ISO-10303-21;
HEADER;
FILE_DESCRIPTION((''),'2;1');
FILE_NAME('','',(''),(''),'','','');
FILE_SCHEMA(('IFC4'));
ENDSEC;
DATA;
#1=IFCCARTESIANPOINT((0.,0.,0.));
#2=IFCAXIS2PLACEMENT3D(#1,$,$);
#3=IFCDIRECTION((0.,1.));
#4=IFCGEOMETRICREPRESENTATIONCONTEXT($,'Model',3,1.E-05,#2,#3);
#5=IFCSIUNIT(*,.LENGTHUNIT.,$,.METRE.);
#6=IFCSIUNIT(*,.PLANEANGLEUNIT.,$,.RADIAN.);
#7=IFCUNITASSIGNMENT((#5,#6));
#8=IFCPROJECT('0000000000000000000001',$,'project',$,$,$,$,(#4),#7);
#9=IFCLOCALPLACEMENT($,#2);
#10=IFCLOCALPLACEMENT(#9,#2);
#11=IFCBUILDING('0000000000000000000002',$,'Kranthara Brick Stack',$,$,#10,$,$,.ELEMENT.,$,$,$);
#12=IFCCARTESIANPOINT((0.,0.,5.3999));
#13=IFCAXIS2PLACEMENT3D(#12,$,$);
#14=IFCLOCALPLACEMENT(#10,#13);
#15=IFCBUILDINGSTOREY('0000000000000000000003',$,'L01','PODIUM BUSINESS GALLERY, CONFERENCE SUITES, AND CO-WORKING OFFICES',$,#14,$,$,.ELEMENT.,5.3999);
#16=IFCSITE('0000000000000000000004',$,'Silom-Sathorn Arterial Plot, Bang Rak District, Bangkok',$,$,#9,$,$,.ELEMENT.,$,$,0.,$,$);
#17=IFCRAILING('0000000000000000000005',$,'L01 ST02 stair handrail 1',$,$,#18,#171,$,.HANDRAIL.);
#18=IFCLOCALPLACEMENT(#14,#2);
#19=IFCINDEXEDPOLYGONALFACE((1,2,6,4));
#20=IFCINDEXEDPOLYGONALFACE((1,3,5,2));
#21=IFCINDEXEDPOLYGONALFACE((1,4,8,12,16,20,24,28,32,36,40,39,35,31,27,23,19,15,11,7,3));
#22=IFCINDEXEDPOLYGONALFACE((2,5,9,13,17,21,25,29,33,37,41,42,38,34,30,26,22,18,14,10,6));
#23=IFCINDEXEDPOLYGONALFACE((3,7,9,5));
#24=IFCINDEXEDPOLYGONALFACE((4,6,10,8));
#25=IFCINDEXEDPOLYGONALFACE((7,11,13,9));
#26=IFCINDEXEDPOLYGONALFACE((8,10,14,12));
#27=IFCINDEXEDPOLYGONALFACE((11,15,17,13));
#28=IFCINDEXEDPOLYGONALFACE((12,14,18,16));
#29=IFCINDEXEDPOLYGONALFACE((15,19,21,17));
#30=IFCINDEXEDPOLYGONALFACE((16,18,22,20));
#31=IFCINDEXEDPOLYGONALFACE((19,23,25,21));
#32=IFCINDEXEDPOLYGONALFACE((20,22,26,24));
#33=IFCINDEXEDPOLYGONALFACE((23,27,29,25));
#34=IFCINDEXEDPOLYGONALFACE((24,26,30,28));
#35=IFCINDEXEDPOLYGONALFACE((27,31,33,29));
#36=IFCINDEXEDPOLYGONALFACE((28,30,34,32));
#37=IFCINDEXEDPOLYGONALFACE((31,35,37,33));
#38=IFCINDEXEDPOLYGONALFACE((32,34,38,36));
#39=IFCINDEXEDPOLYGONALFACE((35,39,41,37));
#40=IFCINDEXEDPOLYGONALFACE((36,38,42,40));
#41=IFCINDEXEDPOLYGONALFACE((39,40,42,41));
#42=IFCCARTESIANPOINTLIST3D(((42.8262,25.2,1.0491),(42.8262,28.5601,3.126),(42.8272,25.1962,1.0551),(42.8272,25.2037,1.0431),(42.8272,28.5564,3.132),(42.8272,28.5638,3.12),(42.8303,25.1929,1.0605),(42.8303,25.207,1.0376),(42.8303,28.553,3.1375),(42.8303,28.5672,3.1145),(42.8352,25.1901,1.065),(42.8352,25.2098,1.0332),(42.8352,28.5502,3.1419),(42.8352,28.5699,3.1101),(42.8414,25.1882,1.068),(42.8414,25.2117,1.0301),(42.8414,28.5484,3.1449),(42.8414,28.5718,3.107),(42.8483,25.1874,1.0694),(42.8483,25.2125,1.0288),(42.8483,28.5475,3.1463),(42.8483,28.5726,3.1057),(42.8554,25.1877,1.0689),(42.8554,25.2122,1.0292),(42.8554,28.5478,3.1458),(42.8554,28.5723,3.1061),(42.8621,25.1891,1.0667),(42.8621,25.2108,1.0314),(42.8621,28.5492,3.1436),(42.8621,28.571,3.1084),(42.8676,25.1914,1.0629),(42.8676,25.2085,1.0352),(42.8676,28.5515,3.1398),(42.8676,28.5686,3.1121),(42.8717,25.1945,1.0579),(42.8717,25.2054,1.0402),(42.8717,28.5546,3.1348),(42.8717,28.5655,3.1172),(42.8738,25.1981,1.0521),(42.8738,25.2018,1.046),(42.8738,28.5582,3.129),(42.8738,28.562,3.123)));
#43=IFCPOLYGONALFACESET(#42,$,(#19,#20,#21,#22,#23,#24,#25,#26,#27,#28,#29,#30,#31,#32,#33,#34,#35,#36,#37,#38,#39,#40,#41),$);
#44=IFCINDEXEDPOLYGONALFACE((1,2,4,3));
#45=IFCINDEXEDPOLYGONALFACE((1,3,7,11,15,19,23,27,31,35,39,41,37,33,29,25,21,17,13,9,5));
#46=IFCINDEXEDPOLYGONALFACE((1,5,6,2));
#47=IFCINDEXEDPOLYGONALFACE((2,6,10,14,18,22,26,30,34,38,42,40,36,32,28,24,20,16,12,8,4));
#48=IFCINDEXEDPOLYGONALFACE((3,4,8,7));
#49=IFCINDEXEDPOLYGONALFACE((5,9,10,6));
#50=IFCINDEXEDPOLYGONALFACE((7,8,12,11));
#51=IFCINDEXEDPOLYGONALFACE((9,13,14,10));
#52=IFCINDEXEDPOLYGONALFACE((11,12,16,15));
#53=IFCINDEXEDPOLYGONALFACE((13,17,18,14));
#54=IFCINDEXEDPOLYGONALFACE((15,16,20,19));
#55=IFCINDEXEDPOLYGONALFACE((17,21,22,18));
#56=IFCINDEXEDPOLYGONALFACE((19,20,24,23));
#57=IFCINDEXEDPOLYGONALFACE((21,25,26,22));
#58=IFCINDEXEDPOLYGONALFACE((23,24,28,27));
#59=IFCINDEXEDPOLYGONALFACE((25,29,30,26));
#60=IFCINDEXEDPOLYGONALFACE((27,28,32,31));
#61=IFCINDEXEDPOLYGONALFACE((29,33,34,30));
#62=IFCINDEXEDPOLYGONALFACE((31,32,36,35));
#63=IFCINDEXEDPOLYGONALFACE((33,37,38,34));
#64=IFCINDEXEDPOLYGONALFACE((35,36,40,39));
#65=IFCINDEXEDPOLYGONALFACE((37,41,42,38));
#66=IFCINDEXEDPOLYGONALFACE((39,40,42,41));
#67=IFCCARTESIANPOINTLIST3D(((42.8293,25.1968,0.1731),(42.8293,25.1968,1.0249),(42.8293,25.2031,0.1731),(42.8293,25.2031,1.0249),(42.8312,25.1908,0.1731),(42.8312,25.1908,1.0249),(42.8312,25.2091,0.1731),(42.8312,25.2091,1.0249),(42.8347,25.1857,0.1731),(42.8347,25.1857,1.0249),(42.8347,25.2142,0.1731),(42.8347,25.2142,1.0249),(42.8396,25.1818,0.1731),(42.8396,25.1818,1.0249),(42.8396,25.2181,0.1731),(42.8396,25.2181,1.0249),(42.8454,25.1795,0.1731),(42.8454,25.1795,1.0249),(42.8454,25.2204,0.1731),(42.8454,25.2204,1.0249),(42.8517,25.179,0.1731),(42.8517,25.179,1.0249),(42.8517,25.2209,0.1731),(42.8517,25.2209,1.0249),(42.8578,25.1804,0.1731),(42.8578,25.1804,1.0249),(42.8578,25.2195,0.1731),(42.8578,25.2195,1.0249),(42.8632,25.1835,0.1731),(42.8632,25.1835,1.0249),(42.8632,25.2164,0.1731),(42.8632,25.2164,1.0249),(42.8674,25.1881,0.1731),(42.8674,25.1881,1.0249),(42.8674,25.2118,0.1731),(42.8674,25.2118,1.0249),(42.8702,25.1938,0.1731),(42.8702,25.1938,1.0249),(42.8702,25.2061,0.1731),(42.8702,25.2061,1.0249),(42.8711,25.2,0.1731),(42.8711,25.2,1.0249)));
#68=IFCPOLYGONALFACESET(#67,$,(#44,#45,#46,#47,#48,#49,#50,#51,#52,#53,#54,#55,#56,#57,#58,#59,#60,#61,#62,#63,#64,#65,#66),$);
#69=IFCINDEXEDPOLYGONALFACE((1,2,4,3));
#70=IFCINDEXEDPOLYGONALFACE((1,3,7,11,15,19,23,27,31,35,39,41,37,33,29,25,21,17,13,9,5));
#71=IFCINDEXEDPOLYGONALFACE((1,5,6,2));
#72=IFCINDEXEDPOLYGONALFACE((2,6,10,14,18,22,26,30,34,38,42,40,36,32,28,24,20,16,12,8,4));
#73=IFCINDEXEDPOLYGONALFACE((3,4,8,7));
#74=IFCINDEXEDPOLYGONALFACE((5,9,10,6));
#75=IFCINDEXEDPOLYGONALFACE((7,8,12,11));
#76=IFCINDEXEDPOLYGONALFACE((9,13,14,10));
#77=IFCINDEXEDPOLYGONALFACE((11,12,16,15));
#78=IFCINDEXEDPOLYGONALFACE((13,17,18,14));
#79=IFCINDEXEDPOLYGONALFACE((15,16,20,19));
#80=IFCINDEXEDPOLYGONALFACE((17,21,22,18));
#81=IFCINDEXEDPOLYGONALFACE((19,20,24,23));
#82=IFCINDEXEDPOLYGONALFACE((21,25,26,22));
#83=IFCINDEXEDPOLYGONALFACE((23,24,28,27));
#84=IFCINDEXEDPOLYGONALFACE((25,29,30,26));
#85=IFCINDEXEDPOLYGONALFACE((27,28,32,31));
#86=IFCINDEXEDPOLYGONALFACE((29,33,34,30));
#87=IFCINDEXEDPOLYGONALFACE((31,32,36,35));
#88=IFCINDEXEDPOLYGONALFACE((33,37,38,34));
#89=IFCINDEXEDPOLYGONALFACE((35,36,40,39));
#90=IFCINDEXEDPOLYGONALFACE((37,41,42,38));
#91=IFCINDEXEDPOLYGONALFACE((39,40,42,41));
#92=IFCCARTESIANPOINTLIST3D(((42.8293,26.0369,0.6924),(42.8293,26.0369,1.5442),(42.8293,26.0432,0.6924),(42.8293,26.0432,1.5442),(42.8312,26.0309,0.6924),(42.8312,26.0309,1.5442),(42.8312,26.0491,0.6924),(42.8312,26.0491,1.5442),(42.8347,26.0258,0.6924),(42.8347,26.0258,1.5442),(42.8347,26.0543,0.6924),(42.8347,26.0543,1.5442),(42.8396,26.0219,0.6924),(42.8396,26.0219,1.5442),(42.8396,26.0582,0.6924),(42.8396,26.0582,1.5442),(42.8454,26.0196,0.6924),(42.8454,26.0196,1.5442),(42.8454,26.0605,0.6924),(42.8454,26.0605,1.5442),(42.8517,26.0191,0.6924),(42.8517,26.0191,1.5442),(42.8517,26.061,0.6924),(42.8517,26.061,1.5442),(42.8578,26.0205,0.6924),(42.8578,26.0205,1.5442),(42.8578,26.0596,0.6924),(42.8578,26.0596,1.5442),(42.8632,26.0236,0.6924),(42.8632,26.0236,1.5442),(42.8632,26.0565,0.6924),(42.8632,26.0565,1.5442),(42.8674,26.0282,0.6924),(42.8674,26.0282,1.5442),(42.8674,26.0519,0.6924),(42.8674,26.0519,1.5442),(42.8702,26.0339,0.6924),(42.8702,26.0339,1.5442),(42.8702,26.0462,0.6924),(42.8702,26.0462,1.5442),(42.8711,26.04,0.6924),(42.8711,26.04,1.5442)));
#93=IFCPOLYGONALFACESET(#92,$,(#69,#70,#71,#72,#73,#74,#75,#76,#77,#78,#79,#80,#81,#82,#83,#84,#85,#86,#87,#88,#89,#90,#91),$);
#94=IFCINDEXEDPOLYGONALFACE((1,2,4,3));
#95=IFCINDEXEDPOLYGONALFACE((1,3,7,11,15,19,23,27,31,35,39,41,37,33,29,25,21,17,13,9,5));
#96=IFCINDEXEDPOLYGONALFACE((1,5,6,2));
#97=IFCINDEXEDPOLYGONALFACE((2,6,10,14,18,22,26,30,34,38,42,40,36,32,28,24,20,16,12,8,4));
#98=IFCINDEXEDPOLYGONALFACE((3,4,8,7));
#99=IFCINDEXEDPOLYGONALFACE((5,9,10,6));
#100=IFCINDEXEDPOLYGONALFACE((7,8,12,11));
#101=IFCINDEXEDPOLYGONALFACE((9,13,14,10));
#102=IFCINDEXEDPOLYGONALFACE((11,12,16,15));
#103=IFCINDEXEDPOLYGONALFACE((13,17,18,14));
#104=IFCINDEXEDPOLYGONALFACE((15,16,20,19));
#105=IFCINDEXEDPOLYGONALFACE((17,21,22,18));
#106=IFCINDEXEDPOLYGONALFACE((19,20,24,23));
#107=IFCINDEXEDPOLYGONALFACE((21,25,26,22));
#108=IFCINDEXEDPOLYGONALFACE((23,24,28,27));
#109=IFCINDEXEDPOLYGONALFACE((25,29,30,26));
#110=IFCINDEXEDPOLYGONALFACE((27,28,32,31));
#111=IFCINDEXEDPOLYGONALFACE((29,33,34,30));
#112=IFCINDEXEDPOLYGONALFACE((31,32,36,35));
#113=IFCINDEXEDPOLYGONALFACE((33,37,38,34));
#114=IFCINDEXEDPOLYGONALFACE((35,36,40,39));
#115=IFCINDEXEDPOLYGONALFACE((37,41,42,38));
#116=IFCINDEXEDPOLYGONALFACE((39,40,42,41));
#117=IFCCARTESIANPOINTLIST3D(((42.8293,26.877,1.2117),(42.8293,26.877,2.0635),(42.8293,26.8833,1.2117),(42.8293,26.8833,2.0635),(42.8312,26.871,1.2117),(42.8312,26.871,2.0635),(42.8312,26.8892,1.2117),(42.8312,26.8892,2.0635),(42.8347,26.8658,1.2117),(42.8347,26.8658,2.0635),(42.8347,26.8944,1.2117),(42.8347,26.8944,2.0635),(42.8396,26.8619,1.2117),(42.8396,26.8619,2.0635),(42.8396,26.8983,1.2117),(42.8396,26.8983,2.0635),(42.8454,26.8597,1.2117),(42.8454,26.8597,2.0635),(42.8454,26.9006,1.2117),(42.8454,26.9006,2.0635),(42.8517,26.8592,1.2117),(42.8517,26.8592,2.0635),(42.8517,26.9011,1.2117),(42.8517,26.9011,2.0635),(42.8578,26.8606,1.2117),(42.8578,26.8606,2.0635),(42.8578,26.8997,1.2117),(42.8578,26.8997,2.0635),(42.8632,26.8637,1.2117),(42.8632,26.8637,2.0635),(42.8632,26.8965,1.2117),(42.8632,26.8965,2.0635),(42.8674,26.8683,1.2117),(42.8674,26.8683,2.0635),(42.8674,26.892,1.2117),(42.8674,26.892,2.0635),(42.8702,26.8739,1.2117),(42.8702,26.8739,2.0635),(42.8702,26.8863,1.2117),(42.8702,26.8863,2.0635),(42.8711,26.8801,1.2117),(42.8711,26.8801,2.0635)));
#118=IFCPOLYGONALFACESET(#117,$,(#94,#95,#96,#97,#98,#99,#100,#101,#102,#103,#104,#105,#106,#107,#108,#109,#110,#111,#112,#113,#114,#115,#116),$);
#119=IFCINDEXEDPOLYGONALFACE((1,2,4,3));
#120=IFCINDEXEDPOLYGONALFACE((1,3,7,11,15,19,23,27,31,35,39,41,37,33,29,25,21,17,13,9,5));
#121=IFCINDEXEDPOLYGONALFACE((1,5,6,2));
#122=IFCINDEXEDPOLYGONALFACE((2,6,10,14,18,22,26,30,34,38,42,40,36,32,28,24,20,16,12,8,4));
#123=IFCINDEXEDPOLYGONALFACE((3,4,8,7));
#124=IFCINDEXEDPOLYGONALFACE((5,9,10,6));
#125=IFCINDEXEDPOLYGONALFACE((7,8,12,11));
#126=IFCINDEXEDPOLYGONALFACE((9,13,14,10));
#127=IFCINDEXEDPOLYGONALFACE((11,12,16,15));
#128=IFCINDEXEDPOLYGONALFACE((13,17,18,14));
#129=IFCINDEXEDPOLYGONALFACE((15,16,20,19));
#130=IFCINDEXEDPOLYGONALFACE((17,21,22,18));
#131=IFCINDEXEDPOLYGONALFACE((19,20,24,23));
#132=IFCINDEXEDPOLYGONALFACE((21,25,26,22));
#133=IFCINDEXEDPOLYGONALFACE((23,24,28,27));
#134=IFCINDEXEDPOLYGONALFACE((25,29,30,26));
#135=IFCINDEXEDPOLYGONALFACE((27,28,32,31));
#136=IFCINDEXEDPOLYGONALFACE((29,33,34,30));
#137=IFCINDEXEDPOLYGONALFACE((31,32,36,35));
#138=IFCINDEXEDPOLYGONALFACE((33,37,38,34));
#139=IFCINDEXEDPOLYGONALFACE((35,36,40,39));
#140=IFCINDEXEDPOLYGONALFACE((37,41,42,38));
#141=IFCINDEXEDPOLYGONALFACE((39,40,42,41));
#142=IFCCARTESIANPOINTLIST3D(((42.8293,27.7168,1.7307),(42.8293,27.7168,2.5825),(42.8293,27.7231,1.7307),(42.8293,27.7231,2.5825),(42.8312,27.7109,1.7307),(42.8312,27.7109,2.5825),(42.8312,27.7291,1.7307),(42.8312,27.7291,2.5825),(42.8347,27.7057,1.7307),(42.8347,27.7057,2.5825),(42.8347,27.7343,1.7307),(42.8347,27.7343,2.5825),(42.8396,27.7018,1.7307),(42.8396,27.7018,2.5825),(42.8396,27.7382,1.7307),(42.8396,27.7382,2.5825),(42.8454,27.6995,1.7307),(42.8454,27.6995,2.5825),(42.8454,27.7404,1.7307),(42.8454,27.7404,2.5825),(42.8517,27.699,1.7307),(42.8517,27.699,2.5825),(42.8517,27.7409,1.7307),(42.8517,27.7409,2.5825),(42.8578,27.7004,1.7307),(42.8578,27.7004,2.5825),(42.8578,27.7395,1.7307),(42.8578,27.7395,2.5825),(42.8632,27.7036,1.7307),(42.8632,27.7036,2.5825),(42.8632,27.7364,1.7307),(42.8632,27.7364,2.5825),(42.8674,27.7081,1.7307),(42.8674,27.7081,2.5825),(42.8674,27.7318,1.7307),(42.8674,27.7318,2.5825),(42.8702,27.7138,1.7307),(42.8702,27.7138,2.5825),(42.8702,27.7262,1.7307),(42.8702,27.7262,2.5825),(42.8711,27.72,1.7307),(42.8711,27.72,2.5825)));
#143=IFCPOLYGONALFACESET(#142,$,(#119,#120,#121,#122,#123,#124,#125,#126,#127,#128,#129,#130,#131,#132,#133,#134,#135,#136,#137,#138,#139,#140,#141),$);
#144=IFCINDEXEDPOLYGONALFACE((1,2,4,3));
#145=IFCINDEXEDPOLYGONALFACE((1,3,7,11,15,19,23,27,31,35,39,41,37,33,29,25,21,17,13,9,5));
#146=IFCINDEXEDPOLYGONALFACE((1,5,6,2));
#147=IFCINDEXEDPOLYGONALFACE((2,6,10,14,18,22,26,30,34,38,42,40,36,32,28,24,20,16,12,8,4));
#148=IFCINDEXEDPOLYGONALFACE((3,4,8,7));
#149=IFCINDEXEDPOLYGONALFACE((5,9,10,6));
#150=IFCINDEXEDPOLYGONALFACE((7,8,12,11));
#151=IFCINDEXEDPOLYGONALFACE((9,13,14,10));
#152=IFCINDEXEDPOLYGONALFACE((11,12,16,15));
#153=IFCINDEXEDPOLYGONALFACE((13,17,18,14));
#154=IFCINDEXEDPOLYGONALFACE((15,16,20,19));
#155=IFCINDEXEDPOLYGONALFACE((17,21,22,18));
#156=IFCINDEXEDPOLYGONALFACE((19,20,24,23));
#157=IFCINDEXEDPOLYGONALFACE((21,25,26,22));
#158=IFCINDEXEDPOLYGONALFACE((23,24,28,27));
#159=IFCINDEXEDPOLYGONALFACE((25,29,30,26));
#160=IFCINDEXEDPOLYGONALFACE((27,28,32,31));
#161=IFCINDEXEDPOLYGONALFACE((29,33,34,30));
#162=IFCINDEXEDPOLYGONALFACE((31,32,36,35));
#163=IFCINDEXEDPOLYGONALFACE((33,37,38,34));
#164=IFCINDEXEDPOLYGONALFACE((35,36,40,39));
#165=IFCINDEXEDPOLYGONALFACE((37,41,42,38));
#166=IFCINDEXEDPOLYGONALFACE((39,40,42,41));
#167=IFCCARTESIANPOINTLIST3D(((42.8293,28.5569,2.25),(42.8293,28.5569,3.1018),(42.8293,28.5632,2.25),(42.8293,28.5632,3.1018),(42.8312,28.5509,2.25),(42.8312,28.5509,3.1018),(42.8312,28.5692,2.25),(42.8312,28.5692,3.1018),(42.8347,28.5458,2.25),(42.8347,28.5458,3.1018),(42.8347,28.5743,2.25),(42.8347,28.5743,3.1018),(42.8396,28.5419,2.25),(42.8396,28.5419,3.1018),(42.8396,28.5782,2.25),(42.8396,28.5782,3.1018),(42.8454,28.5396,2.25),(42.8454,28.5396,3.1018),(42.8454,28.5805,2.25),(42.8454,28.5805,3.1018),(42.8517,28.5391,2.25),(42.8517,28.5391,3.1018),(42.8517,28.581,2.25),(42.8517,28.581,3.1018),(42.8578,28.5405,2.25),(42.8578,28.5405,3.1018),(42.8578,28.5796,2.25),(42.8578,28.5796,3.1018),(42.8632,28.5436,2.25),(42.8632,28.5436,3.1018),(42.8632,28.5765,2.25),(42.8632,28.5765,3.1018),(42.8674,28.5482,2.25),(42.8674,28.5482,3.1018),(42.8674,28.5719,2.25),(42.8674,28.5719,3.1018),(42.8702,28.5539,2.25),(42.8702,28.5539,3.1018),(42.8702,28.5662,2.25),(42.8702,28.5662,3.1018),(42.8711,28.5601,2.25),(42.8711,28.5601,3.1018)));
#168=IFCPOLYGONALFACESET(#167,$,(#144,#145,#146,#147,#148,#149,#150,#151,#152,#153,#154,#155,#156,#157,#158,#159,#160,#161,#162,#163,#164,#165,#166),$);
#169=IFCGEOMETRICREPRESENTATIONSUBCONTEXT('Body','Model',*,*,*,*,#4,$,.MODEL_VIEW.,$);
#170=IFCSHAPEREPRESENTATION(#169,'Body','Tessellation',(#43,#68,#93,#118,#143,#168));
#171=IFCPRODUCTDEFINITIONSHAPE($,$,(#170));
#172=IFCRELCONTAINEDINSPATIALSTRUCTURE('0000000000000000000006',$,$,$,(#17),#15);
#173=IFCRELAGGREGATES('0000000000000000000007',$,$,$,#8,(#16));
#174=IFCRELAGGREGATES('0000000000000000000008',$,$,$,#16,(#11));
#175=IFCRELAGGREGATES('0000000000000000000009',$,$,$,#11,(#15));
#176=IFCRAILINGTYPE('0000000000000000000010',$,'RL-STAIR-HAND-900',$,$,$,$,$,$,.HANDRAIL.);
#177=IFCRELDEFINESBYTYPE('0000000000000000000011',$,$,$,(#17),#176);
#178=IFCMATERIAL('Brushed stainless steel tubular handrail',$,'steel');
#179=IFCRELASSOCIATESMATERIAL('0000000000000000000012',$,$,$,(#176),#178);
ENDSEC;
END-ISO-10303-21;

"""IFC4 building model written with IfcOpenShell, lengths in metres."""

from ifc_helpers import new_model, si_unit, direction, frame, origin, origin_2d, place, context, subcontext, project, spatial, circle, extrude, material, type_object, element, save


model = new_model("IFC4")

# Units and contexts
model_context = context("Model", 3, precision=1e-05, world=origin(), true_north=direction((0.0, 1.0)))
body_context = subcontext(model_context, "Body", "Model", "MODEL_VIEW")
ifc_project = project(units=[si_unit("LENGTHUNIT", "METRE"), si_unit("PLANEANGLEUNIT", "RADIAN")], contexts=[model_context])

# Site, building, storey
site_placement = place(None, origin())
site = spatial("IfcSite", under=ifc_project, at=site_placement, Name="Silom-Sathorn Arterial Plot, Bang Rak District, Bangkok", CompositionType="ELEMENT", RefElevation=0.0)
building_placement = place(site_placement, origin())
building = spatial("IfcBuilding", under=site, at=building_placement, Name="Kranthara Brick Stack", CompositionType="ELEMENT")
storey_placement = place(building_placement, frame((0.0, 0.0, 5.3999)))
storey = spatial("IfcBuildingStorey", under=building, at=storey_placement, Name="L01", Description="PODIUM BUSINESS GALLERY, CONFERENCE SUITES, AND CO-WORKING OFFICES", CompositionType="ELEMENT", Elevation=5.3999)

# Railing
ifc_material_1 = material(Name="Brushed stainless steel tubular handrail", Category="steel")
railing_type_1 = type_object("IfcRailingType", Name="RL-STAIR-HAND-900", PredefinedType="HANDRAIL", material=ifc_material_1)
for number, where, name in (
    (1, (42.8501, 25.2, 0.1731), "L01 ST02 stair handrail 1"),
):
    element("IfcRailing", number, at=place(storey_placement, frame(where)), inside=storey, type_object=railing_type_1, Name=name, PredefinedType="HANDRAIL", context=body_context, shape_type="SweptSolid", body=[
        extrude(circle(Radius=0.0239, at=origin_2d()), frame((0.0, 0.0, 0.876), z_axis=(0.0, 0.850623, 0.525776), x_axis=(-1.0, 0.0, 0.0)), (0.0, 0.0, 1.0), 3.9502),
        extrude(circle(Radius=0.021, at=origin_2d()), origin(), (0.0, 0.0, 1.0), 0.8518),
        extrude(circle(Radius=0.021, at=origin_2d()), frame((0.0, 0.8401, 0.5193)), (0.0, 0.0, 1.0), 0.8518),
        extrude(circle(Radius=0.021, at=origin_2d()), frame((0.0, 1.6802, 1.0386)), (0.0, 0.0, 1.0), 0.8518),
        extrude(circle(Radius=0.021, at=origin_2d()), frame((0.0, 2.52, 1.5576)), (0.0, 0.0, 1.0), 0.8518),
        extrude(circle(Radius=0.021, at=origin_2d()), frame((0.0, 3.3601, 2.0769)), (0.0, 0.0, 1.0), 0.8518),
    ])

save(model, "model.ifc")
